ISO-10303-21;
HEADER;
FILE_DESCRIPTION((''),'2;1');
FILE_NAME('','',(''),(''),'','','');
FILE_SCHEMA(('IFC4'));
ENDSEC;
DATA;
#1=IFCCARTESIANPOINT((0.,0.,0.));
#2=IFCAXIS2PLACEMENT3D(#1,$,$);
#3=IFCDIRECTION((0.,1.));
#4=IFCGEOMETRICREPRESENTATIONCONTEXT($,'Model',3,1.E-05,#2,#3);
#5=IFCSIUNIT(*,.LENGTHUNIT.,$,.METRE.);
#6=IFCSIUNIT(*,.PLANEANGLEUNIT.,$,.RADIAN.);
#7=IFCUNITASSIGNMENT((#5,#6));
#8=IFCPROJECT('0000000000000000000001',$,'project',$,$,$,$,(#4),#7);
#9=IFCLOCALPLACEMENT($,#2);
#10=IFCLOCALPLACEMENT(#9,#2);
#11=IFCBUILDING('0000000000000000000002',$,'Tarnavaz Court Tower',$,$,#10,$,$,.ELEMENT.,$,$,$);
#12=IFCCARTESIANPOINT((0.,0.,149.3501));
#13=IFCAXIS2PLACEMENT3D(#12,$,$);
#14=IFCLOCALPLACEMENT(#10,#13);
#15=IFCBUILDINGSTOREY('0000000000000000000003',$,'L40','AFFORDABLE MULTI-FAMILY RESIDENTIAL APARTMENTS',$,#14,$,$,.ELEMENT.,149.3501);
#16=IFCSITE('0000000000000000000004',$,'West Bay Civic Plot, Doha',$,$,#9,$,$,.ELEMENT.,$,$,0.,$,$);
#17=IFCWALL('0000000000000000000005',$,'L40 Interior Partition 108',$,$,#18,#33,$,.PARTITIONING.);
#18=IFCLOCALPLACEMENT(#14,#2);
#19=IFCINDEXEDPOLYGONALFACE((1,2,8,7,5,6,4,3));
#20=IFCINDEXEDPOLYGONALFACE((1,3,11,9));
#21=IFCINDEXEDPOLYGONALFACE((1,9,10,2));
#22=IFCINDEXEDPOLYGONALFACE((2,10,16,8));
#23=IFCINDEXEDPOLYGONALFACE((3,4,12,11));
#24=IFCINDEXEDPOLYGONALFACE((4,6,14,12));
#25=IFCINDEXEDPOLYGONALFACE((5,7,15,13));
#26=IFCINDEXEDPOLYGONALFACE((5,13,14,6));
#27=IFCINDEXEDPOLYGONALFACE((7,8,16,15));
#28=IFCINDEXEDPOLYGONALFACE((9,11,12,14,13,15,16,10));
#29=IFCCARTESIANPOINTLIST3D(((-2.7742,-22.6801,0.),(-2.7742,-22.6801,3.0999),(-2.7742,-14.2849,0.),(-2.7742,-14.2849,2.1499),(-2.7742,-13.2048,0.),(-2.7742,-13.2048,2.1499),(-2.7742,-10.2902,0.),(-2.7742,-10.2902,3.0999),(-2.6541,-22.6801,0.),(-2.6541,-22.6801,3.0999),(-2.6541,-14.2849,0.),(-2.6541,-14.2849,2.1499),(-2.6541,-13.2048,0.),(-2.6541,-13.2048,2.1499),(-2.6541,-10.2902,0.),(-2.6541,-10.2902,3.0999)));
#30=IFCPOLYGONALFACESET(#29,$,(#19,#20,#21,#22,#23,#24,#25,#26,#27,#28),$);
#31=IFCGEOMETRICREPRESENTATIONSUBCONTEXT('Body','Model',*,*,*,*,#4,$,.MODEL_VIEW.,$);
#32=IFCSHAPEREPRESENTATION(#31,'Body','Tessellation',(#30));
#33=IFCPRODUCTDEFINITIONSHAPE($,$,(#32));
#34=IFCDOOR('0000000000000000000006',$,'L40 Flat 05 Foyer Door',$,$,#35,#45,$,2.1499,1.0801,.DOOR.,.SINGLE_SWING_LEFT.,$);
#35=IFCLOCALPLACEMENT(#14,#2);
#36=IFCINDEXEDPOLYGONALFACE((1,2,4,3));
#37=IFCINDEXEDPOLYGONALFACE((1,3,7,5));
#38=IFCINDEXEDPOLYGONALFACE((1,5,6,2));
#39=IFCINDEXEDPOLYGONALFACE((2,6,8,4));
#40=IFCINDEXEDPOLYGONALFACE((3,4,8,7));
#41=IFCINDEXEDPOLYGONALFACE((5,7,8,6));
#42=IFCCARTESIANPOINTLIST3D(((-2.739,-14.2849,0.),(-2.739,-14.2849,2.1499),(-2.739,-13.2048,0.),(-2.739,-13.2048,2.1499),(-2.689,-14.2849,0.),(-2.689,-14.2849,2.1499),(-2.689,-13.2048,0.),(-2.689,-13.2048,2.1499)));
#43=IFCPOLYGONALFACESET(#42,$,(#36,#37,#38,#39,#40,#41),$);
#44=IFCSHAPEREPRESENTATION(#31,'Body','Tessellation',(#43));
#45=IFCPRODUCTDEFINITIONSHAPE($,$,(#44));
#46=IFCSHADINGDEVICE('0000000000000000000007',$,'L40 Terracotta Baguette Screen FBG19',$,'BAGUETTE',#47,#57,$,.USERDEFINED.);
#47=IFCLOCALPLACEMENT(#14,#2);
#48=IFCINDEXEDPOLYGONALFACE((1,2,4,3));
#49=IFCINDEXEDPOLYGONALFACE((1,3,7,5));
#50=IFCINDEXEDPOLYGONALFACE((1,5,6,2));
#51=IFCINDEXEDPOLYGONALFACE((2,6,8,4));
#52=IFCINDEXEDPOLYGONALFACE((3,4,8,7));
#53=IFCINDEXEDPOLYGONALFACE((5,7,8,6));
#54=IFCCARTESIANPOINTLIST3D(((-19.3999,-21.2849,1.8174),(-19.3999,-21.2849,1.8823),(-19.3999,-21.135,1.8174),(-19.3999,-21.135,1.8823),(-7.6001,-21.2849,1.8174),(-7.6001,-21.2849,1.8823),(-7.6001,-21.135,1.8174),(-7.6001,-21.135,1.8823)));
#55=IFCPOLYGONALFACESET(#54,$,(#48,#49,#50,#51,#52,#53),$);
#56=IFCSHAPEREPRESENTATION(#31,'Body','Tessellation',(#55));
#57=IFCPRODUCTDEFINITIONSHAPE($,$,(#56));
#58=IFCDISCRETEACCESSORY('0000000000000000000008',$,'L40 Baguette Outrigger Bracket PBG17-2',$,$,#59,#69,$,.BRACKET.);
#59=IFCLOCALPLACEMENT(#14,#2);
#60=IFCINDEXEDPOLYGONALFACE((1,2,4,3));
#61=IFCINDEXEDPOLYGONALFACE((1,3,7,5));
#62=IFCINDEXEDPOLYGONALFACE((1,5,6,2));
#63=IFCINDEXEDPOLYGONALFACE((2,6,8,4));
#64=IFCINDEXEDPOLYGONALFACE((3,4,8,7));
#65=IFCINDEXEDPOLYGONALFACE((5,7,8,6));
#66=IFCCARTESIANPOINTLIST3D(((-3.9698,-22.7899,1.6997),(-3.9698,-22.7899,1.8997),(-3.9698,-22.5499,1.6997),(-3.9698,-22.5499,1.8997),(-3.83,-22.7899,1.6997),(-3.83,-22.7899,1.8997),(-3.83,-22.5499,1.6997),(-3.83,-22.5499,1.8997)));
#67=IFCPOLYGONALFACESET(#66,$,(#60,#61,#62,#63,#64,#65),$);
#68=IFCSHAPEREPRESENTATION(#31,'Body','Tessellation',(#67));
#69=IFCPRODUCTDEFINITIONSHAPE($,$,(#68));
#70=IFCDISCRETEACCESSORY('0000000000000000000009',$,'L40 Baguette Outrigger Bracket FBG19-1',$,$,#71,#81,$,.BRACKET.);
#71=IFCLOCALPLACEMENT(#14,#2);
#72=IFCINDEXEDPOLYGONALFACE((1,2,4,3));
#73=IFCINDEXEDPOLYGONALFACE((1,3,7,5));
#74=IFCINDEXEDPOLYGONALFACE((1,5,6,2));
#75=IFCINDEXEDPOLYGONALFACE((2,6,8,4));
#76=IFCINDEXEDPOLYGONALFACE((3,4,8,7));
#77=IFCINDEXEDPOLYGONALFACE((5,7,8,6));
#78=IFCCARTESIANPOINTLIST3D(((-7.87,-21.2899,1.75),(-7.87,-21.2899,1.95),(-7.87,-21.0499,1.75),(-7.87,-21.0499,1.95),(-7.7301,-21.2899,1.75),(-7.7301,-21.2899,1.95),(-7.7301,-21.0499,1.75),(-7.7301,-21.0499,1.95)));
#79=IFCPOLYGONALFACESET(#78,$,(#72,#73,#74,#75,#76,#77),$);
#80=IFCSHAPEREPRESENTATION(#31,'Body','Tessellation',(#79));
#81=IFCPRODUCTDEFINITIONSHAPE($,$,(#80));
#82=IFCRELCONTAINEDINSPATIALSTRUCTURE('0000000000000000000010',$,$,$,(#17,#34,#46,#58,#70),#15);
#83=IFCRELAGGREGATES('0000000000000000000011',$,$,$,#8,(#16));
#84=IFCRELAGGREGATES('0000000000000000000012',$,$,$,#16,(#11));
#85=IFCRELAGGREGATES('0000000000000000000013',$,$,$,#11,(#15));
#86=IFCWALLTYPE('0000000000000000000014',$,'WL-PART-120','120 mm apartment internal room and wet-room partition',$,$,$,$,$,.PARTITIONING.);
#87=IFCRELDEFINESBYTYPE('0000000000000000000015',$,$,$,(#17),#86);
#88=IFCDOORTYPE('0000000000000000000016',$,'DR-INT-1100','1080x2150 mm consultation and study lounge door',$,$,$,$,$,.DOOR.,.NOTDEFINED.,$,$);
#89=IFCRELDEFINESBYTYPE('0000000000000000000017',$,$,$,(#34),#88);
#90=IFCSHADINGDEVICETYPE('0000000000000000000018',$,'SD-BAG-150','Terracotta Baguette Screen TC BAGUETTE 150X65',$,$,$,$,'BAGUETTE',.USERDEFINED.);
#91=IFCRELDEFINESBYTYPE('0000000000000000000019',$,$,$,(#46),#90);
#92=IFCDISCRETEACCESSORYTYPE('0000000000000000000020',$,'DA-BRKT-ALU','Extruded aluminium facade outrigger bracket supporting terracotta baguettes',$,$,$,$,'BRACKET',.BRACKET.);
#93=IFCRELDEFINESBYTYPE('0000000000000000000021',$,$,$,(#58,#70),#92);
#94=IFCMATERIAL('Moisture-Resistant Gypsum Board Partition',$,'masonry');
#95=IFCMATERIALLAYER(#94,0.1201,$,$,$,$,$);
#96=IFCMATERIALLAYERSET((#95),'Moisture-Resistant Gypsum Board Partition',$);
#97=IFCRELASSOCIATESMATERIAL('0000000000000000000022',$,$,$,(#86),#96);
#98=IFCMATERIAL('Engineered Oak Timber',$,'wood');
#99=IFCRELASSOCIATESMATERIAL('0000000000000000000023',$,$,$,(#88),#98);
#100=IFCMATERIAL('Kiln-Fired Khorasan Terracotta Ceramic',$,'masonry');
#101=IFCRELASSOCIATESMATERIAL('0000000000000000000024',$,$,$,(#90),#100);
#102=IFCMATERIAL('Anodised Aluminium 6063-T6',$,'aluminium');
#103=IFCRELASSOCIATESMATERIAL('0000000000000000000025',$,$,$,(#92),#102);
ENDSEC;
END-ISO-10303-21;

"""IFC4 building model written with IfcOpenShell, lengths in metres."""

from ifc_helpers import new_model, si_unit, direction, frame, frame_2d, origin, origin_2d, place, context, subcontext, project, spatial, rectangle, extrude, material, layer, layer_set, material_profile, profile_set, type_object, element, fill, save


model = new_model("IFC4")

# Units and contexts
model_context = context("Model", 3, precision=1e-05, world=origin(), true_north=direction((0.0, 1.0)))
body_context = subcontext(model_context, "Body", "Model", "MODEL_VIEW")
ifc_project = project(units=[si_unit("LENGTHUNIT", "METRE"), si_unit("PLANEANGLEUNIT", "RADIAN")], contexts=[model_context])

# Site, building, storey
site_placement = place(None, origin())
site = spatial("IfcSite", under=ifc_project, at=site_placement, Name="West Bay Civic Plot, Doha", CompositionType="ELEMENT", RefElevation=0.0)
building_placement = place(site_placement, origin())
building = spatial("IfcBuilding", under=site, at=building_placement, Name="Tarnavaz Court Tower", CompositionType="ELEMENT")
storey_placement = place(building_placement, frame((0.0, 0.0, 149.3501)))
storey = spatial("IfcBuildingStorey", under=building, at=storey_placement, Name="L40", Description="AFFORDABLE MULTI-FAMILY RESIDENTIAL APARTMENTS", CompositionType="ELEMENT", Elevation=149.3501)

# Shared definitions
ifc_material_1 = material(Name="Anodised Aluminium 6063-T6", Category="aluminium")

# Shared definitions
ifc_material_2 = material(Name="Moisture-Resistant Gypsum Board Partition", Category="masonry")
ifc_layer_1 = layer(ifc_material_2, 0.1201)
ifc_layer_set_1 = layer_set([ifc_layer_1], Name="Moisture-Resistant Gypsum Board Partition")
wall_type_1 = type_object("IfcWallType", Name="WL-PART-120", Description="120 mm apartment internal room and wet-room partition", PredefinedType="PARTITIONING", material=ifc_layer_set_1)

# Wall, opening, door
wall_1_placement = place(storey_placement, frame((-2.7141, -22.6799, 0.0), z_axis=(0.0, 0.0, 1.0), x_axis=(0.0, 1.0, 0.0)))
wall_1 = element("IfcWall", 1, at=wall_1_placement, inside=storey, type_object=wall_type_1, Name="L40 Interior Partition 108", PredefinedType="PARTITIONING", context=body_context, shape_type="SweptSolid", body=[
    extrude(rectangle(XDim=12.3899, YDim=0.1201, at=frame_2d((6.1948, 0.0))), origin(), (0.0, 0.0, 1.0), 3.0999),
])
opening_1_placement = place(wall_1_placement, frame((8.395, 0.0, 0.0)))
opening_1 = element("IfcOpeningElement", 2, at=opening_1_placement, cuts=wall_1, PredefinedType="OPENING", context=body_context, shape_type="SweptSolid", body=[
    extrude(rectangle(XDim=1.0801, YDim=2.1499, at=frame_2d((0.54, 1.075))), frame((0.0, 0.0701, 0.0), z_axis=(0.0, -1.0, 0.0), x_axis=(1.0, 0.0, 0.0)), (0.0, 0.0, 1.0), 0.1401),
])
ifc_material_3 = material(Name="Engineered Oak Timber", Category="wood")
door_type = type_object("IfcDoorType", Name="DR-INT-1100", Description="1080x2150 mm consultation and study lounge door", OperationType="NOTDEFINED", PredefinedType="DOOR", material=ifc_material_3)
door_placement = place(opening_1_placement, origin())
door = element("IfcDoor", 3, at=door_placement, inside=storey, type_object=door_type, Name="L40 Flat 05 Foyer Door", OperationType="SINGLE_SWING_LEFT", OverallHeight=2.1499, OverallWidth=1.0801, PredefinedType="DOOR", context=body_context, shape_type="SweptSolid", body=[
    extrude(rectangle(XDim=1.0801, YDim=2.1499, at=frame_2d((0.54, 1.075))), frame((0.0, 0.0249, 0.0), z_axis=(0.0, -1.0, 0.0), x_axis=(1.0, 0.0, 0.0)), (0.0, 0.0, 1.0), 0.05),
])
fill(opening_1, door)

# Shading device
ifc_material_4 = material(Name="Kiln-Fired Khorasan Terracotta Ceramic", Category="masonry")
ifc_material_profile_1 = material_profile(ifc_material_4, rectangle(XDim=0.1499, YDim=0.0649, at=origin_2d()), Name="TC BAGUETTE 150X65")
ifc_profile_set_1 = profile_set([ifc_material_profile_1], Name="Kiln-Fired Khorasan Terracotta Ceramic")
shading_device_type = type_object("IfcShadingDeviceType", Name="SD-BAG-150", Description="Terracotta Baguette Screen TC BAGUETTE 150X65", ElementType="BAGUETTE", PredefinedType="USERDEFINED", material=ifc_profile_set_1)
shading_device_placement = place(storey_placement, frame((-7.6001, -21.21, 1.8499), z_axis=(-1.0, 0.0, 0.0), x_axis=(0.0, -1.0, 0.0)))
element("IfcShadingDevice", 4, at=shading_device_placement, inside=storey, type_object=shading_device_type, Name="L40 Terracotta Baguette Screen FBG19", ObjectType="BAGUETTE", PredefinedType="USERDEFINED", context=body_context, shape_type="SweptSolid", body=[
    extrude(rectangle(XDim=0.1499, YDim=0.0649, at=origin_2d()), origin(), (0.0, 0.0, 1.0), 11.7998),
])

# Discrete accessories
discrete_accessory_type = type_object("IfcDiscreteAccessoryType", Name="DA-BRKT-ALU", Description="Extruded aluminium facade outrigger bracket supporting terracotta baguettes", ElementType="BRACKET", PredefinedType="BRACKET", material=ifc_material_1)
for number, where, z_axis, x_axis, name in (
    (5, (-3.8999, -22.6699, 1.6997), (0.0, 0.0, 1.0), (-1.0, 0.0, 0.0), "L40 Baguette Outrigger Bracket PBG17-2"),
    (6, (-7.8, -21.1699, 1.75), (0.0, 0.0, 1.0), (-1.0, 0.0, 0.0), "L40 Baguette Outrigger Bracket FBG19-1"),
):
    element("IfcDiscreteAccessory", number, at=place(storey_placement, frame(where, z_axis=z_axis, x_axis=x_axis)), inside=storey, type_object=discrete_accessory_type, Name=name, PredefinedType="BRACKET", context=body_context, shape_type="SweptSolid", body=[
        extrude(rectangle(XDim=0.1399, YDim=0.24, at=origin_2d()), origin(), (0.0, 0.0, 1.0), 0.2),
    ])

save(model, "model.ifc")
